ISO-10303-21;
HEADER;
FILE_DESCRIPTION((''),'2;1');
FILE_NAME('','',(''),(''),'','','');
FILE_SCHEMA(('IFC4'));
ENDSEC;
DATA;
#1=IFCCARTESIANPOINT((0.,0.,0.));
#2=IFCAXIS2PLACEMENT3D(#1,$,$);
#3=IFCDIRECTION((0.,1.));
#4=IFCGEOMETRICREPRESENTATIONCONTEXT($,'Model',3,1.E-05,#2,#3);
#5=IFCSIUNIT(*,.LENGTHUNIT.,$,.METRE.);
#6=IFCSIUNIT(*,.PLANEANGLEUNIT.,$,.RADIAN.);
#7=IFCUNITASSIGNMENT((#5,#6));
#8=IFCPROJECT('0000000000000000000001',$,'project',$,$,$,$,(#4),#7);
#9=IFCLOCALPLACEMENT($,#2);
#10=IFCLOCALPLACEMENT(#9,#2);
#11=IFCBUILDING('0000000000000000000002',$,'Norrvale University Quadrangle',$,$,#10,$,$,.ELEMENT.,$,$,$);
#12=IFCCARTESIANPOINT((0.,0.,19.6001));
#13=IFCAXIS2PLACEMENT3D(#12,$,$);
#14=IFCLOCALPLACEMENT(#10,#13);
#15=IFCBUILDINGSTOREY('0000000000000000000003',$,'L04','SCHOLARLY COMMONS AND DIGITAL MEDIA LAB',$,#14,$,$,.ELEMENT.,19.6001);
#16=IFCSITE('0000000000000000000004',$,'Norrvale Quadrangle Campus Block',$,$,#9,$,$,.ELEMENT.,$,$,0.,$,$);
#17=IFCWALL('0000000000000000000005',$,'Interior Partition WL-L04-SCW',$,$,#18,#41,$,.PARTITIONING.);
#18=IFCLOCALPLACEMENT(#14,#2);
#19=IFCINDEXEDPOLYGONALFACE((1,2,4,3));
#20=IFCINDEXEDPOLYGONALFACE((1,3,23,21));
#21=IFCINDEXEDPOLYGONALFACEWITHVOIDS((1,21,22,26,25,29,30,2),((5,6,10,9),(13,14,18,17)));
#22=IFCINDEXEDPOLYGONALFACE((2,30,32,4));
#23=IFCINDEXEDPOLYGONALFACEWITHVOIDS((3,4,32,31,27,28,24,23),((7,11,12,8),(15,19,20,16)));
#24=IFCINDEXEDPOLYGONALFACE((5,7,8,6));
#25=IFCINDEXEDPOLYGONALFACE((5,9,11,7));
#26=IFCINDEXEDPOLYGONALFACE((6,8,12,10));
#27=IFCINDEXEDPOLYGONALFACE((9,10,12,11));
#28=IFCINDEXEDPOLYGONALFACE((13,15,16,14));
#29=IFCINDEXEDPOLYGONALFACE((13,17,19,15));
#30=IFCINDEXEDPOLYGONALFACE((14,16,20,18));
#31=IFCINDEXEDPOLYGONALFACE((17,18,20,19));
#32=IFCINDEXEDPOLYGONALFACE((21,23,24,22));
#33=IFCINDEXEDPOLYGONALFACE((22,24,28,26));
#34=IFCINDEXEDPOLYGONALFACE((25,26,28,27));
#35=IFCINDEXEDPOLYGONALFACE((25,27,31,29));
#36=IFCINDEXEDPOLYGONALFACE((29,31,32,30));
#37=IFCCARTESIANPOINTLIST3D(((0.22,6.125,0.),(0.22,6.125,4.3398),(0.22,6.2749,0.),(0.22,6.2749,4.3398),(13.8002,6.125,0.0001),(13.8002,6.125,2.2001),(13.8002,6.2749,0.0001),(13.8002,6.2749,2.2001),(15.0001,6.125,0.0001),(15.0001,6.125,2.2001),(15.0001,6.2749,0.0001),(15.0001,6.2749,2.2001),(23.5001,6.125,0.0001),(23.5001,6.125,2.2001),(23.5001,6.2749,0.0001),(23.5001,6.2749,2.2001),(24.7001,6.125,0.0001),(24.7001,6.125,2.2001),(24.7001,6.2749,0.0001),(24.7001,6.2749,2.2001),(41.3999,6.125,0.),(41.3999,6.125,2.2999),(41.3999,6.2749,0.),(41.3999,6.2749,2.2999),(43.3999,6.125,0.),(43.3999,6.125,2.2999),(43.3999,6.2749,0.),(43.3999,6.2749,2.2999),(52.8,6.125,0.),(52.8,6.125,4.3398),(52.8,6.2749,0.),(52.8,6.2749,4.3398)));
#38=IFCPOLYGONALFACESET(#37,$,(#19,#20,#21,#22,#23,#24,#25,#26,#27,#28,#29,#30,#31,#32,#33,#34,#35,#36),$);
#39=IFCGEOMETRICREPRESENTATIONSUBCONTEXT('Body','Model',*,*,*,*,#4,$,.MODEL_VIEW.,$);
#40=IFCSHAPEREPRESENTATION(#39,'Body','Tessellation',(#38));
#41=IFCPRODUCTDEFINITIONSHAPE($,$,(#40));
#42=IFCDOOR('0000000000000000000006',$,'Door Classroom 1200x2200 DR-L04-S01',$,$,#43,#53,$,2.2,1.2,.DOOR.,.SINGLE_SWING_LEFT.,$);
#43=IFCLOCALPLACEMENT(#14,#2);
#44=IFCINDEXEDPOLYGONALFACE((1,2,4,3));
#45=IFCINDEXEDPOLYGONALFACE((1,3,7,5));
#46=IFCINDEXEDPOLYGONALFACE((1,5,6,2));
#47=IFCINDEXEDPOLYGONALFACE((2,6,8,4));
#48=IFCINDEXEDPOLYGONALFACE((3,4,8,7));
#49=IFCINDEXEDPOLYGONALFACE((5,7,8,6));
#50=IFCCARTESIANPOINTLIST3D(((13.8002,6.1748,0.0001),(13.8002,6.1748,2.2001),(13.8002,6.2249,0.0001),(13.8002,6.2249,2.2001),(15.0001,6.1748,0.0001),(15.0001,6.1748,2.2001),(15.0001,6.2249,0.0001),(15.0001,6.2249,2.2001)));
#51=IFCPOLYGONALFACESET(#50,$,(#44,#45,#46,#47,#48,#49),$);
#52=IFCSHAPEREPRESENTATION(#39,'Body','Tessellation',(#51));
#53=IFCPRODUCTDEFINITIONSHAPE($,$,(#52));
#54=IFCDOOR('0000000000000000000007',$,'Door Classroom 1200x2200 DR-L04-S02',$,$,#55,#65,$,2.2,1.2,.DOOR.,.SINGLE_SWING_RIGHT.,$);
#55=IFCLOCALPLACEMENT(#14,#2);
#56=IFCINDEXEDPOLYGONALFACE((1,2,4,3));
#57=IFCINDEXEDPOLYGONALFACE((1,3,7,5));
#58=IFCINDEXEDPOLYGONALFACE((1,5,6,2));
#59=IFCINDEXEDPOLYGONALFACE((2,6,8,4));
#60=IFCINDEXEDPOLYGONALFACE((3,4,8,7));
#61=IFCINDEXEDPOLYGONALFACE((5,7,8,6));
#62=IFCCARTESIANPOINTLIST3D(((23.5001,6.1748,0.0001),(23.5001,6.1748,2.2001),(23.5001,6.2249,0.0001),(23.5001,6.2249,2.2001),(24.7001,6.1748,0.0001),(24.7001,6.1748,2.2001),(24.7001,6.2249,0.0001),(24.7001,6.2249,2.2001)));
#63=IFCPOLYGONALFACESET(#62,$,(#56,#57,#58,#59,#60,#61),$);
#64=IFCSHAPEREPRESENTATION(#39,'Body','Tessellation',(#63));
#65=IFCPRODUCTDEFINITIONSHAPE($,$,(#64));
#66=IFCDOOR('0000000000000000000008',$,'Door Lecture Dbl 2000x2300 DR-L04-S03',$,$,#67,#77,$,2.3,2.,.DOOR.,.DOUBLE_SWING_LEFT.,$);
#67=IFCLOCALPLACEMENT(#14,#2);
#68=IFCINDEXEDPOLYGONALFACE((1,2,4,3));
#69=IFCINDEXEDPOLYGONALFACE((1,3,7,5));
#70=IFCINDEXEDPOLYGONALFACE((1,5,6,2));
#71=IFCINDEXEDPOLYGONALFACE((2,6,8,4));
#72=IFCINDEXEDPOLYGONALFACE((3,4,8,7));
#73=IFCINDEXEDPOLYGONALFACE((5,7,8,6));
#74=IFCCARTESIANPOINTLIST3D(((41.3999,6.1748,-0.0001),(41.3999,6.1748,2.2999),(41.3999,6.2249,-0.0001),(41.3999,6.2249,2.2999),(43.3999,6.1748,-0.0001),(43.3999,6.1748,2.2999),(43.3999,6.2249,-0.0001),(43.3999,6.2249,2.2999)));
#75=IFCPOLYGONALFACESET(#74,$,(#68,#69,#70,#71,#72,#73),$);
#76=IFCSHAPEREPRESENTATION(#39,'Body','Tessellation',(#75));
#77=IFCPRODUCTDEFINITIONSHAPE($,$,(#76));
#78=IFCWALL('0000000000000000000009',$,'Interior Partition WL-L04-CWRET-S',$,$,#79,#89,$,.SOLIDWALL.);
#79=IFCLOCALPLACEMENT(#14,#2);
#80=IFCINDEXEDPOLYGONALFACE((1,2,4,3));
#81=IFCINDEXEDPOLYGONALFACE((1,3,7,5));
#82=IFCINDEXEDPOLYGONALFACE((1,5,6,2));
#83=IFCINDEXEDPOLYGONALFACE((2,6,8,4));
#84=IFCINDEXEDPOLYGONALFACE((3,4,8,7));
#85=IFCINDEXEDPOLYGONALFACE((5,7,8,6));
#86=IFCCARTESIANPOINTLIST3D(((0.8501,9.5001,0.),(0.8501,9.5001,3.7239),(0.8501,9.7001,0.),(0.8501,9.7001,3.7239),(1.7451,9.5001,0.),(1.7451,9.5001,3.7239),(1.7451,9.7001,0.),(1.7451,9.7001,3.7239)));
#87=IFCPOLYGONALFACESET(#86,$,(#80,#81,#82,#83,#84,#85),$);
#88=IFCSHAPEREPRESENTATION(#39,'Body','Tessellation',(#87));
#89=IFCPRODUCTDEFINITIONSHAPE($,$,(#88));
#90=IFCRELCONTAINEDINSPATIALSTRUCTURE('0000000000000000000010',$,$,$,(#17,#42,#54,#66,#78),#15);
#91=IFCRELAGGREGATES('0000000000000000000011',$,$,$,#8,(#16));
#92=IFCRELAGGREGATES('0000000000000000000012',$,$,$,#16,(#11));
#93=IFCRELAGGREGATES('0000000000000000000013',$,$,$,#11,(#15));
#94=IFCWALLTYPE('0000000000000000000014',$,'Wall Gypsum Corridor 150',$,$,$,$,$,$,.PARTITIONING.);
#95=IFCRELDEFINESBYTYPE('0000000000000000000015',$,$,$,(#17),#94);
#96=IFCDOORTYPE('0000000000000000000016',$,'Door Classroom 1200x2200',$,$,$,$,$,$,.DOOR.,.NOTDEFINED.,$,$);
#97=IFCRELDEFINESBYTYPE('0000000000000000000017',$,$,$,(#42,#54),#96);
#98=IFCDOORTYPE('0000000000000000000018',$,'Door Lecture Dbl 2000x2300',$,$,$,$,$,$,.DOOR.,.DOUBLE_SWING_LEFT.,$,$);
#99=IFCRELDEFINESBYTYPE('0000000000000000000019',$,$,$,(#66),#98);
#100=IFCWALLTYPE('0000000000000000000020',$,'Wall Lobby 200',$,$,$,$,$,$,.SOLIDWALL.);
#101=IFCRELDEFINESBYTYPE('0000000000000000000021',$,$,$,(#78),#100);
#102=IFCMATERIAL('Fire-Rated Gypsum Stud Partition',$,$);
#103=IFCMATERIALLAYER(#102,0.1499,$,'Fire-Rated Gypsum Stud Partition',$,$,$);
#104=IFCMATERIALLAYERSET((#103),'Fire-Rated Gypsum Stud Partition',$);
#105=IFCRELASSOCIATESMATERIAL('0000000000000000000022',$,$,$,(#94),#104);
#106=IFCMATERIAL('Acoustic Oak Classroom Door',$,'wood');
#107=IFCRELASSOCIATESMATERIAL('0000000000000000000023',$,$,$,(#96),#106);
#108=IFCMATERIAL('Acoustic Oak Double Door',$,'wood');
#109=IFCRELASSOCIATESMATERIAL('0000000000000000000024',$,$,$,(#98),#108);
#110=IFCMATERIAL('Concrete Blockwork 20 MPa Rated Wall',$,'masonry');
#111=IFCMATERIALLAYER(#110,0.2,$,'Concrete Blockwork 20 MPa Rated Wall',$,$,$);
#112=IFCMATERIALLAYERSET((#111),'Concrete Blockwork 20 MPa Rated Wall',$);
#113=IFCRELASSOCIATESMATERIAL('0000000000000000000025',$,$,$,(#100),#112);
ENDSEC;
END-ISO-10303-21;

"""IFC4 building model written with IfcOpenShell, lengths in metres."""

from ifc_helpers import new_model, si_unit, direction, frame, frame_2d, origin, place, context, subcontext, project, spatial, rectangle, extrude, material, layer, layer_set, type_object, element, fill, save


model = new_model("IFC4")

# Units and contexts
model_context = context("Model", 3, precision=1e-05, world=origin(), true_north=direction((0.0, 1.0)))
body_context = subcontext(model_context, "Body", "Model", "MODEL_VIEW")
ifc_project = project(units=[si_unit("LENGTHUNIT", "METRE"), si_unit("PLANEANGLEUNIT", "RADIAN")], contexts=[model_context])

# Site, building, storey
site_placement = place(None, origin())
site = spatial("IfcSite", under=ifc_project, at=site_placement, Name="Norrvale Quadrangle Campus Block", CompositionType="ELEMENT", RefElevation=0.0)
building_placement = place(site_placement, origin())
building = spatial("IfcBuilding", under=site, at=building_placement, Name="Norrvale University Quadrangle", CompositionType="ELEMENT")
storey_placement = place(building_placement, frame((0.0, 0.0, 19.6001)))
storey = spatial("IfcBuildingStorey", under=building, at=storey_placement, Name="L04", Description="SCHOLARLY COMMONS AND DIGITAL MEDIA LAB", CompositionType="ELEMENT", Elevation=19.6001)

# Wall, openings, doors
ifc_material_1 = material(Name="Fire-Rated Gypsum Stud Partition")
ifc_layer_1 = layer(ifc_material_1, 0.1499, Name="Fire-Rated Gypsum Stud Partition")
ifc_layer_set_1 = layer_set([ifc_layer_1], Name="Fire-Rated Gypsum Stud Partition")
wall_type_1 = type_object("IfcWallType", Name="Wall Gypsum Corridor 150", PredefinedType="PARTITIONING", material=ifc_layer_set_1)
wall_1_placement = place(storey_placement, frame((0.22, 6.2, 0.0), z_axis=(0.0, 0.0, 1.0), x_axis=(1.0, 0.0, 0.0)))
wall_1 = element("IfcWall", 1, at=wall_1_placement, inside=storey, type_object=wall_type_1, Name="Interior Partition WL-L04-SCW", PredefinedType="PARTITIONING", context=body_context, shape_type="SweptSolid", body=[
    extrude(rectangle(XDim=52.5801, YDim=0.1499, at=frame_2d((26.29, 0.0))), origin(), (0.0, 0.0, 1.0), 4.3398),
])
opening_1_placement = place(wall_1_placement, frame((13.5801, 0.0, 0.0)))
opening_1 = element("IfcOpeningElement", 2, at=opening_1_placement, cuts=wall_1, PredefinedType="OPENING", context=body_context, shape_type="SweptSolid", body=[
    extrude(rectangle(XDim=1.2, YDim=2.2, at=frame_2d((0.6001, 1.1001))), frame((0.0, 0.0869, 0.0), z_axis=(0.0, -1.0, 0.0), x_axis=(1.0, 0.0, 0.0)), (0.0, 0.0, 1.0), 0.1738),
])
opening_2_placement = place(wall_1_placement, frame((23.28, 0.0, 0.0)))
opening_2 = element("IfcOpeningElement", 3, at=opening_2_placement, cuts=wall_1, PredefinedType="OPENING", context=body_context, shape_type="SweptSolid", body=[
    extrude(rectangle(XDim=1.2, YDim=2.2, at=frame_2d((0.6001, 1.1001))), frame((0.0, 0.0869, 0.0), z_axis=(0.0, -1.0, 0.0), x_axis=(1.0, 0.0, 0.0)), (0.0, 0.0, 1.0), 0.1738),
])
opening_3_placement = place(wall_1_placement, frame((41.1799, 0.0, 0.0)))
opening_3 = element("IfcOpeningElement", 4, at=opening_3_placement, cuts=wall_1, PredefinedType="OPENING", context=body_context, shape_type="SweptSolid", body=[
    extrude(rectangle(XDim=2.0, YDim=2.3, at=frame_2d((1.0, 1.1499))), frame((0.0, 0.0869, 0.0), z_axis=(0.0, -1.0, 0.0), x_axis=(1.0, 0.0, 0.0)), (0.0, 0.0, 1.0), 0.1738),
])
ifc_material_2 = material(Name="Acoustic Oak Classroom Door", Category="wood")
door_type_1 = type_object("IfcDoorType", Name="Door Classroom 1200x2200", OperationType="NOTDEFINED", PredefinedType="DOOR", material=ifc_material_2)
door_1_placement = place(opening_1_placement, origin())
door_1 = element("IfcDoor", 5, at=door_1_placement, inside=storey, type_object=door_type_1, Name="Door Classroom 1200x2200 DR-L04-S01", OperationType="SINGLE_SWING_LEFT", OverallHeight=2.2, OverallWidth=1.2, PredefinedType="DOOR", context=body_context, shape_type="SweptSolid", body=[
    extrude(rectangle(XDim=1.2, YDim=2.2, at=frame_2d((0.6001, 1.1001))), frame((0.0, 0.0249, 0.0), z_axis=(0.0, -1.0, 0.0), x_axis=(1.0, 0.0, 0.0)), (0.0, 0.0, 1.0), 0.05),
])
fill(opening_1, door_1)
door_2_placement = place(opening_2_placement, origin())
door_2 = element("IfcDoor", 6, at=door_2_placement, inside=storey, type_object=door_type_1, Name="Door Classroom 1200x2200 DR-L04-S02", OperationType="SINGLE_SWING_RIGHT", OverallHeight=2.2, OverallWidth=1.2, PredefinedType="DOOR", context=body_context, shape_type="SweptSolid", body=[
    extrude(rectangle(XDim=1.2, YDim=2.2, at=frame_2d((0.6001, 1.1001))), frame((0.0, 0.0249, 0.0), z_axis=(0.0, -1.0, 0.0), x_axis=(1.0, 0.0, 0.0)), (0.0, 0.0, 1.0), 0.05),
])
fill(opening_2, door_2)
ifc_material_3 = material(Name="Acoustic Oak Double Door", Category="wood")
door_type_2 = type_object("IfcDoorType", Name="Door Lecture Dbl 2000x2300", OperationType="DOUBLE_SWING_LEFT", PredefinedType="DOOR", material=ifc_material_3)
door_3_placement = place(opening_3_placement, origin())
door_3 = element("IfcDoor", 7, at=door_3_placement, inside=storey, type_object=door_type_2, Name="Door Lecture Dbl 2000x2300 DR-L04-S03", OperationType="DOUBLE_SWING_LEFT", OverallHeight=2.3, OverallWidth=2.0, PredefinedType="DOOR", context=body_context, shape_type="SweptSolid", body=[
    extrude(rectangle(XDim=2.0, YDim=2.3, at=frame_2d((1.0, 1.1499))), frame((0.0, 0.0249, 0.0), z_axis=(0.0, -1.0, 0.0), x_axis=(1.0, 0.0, 0.0)), (0.0, 0.0, 1.0), 0.05),
])
fill(opening_3, door_3)

# Wall
ifc_material_4 = material(Name="Concrete Blockwork 20 MPa Rated Wall", Category="masonry")
ifc_layer_2 = layer(ifc_material_4, 0.2, Name="Concrete Blockwork 20 MPa Rated Wall")
ifc_layer_set_2 = layer_set([ifc_layer_2], Name="Concrete Blockwork 20 MPa Rated Wall")
wall_type_2 = type_object("IfcWallType", Name="Wall Lobby 200", PredefinedType="SOLIDWALL", material=ifc_layer_set_2)
wall_2_placement = place(storey_placement, frame((0.8501, 9.6001, 0.0), z_axis=(0.0, 0.0, 1.0), x_axis=(1.0, 0.0, 0.0)))
element("IfcWall", 8, at=wall_2_placement, inside=storey, type_object=wall_type_2, Name="Interior Partition WL-L04-CWRET-S", PredefinedType="SOLIDWALL", context=body_context, shape_type="SweptSolid", body=[
    extrude(rectangle(XDim=0.895, YDim=0.2, at=frame_2d((0.4475, 0.0))), origin(), (0.0, 0.0, 1.0), 3.7239),
])

save(model, "model.ifc")
